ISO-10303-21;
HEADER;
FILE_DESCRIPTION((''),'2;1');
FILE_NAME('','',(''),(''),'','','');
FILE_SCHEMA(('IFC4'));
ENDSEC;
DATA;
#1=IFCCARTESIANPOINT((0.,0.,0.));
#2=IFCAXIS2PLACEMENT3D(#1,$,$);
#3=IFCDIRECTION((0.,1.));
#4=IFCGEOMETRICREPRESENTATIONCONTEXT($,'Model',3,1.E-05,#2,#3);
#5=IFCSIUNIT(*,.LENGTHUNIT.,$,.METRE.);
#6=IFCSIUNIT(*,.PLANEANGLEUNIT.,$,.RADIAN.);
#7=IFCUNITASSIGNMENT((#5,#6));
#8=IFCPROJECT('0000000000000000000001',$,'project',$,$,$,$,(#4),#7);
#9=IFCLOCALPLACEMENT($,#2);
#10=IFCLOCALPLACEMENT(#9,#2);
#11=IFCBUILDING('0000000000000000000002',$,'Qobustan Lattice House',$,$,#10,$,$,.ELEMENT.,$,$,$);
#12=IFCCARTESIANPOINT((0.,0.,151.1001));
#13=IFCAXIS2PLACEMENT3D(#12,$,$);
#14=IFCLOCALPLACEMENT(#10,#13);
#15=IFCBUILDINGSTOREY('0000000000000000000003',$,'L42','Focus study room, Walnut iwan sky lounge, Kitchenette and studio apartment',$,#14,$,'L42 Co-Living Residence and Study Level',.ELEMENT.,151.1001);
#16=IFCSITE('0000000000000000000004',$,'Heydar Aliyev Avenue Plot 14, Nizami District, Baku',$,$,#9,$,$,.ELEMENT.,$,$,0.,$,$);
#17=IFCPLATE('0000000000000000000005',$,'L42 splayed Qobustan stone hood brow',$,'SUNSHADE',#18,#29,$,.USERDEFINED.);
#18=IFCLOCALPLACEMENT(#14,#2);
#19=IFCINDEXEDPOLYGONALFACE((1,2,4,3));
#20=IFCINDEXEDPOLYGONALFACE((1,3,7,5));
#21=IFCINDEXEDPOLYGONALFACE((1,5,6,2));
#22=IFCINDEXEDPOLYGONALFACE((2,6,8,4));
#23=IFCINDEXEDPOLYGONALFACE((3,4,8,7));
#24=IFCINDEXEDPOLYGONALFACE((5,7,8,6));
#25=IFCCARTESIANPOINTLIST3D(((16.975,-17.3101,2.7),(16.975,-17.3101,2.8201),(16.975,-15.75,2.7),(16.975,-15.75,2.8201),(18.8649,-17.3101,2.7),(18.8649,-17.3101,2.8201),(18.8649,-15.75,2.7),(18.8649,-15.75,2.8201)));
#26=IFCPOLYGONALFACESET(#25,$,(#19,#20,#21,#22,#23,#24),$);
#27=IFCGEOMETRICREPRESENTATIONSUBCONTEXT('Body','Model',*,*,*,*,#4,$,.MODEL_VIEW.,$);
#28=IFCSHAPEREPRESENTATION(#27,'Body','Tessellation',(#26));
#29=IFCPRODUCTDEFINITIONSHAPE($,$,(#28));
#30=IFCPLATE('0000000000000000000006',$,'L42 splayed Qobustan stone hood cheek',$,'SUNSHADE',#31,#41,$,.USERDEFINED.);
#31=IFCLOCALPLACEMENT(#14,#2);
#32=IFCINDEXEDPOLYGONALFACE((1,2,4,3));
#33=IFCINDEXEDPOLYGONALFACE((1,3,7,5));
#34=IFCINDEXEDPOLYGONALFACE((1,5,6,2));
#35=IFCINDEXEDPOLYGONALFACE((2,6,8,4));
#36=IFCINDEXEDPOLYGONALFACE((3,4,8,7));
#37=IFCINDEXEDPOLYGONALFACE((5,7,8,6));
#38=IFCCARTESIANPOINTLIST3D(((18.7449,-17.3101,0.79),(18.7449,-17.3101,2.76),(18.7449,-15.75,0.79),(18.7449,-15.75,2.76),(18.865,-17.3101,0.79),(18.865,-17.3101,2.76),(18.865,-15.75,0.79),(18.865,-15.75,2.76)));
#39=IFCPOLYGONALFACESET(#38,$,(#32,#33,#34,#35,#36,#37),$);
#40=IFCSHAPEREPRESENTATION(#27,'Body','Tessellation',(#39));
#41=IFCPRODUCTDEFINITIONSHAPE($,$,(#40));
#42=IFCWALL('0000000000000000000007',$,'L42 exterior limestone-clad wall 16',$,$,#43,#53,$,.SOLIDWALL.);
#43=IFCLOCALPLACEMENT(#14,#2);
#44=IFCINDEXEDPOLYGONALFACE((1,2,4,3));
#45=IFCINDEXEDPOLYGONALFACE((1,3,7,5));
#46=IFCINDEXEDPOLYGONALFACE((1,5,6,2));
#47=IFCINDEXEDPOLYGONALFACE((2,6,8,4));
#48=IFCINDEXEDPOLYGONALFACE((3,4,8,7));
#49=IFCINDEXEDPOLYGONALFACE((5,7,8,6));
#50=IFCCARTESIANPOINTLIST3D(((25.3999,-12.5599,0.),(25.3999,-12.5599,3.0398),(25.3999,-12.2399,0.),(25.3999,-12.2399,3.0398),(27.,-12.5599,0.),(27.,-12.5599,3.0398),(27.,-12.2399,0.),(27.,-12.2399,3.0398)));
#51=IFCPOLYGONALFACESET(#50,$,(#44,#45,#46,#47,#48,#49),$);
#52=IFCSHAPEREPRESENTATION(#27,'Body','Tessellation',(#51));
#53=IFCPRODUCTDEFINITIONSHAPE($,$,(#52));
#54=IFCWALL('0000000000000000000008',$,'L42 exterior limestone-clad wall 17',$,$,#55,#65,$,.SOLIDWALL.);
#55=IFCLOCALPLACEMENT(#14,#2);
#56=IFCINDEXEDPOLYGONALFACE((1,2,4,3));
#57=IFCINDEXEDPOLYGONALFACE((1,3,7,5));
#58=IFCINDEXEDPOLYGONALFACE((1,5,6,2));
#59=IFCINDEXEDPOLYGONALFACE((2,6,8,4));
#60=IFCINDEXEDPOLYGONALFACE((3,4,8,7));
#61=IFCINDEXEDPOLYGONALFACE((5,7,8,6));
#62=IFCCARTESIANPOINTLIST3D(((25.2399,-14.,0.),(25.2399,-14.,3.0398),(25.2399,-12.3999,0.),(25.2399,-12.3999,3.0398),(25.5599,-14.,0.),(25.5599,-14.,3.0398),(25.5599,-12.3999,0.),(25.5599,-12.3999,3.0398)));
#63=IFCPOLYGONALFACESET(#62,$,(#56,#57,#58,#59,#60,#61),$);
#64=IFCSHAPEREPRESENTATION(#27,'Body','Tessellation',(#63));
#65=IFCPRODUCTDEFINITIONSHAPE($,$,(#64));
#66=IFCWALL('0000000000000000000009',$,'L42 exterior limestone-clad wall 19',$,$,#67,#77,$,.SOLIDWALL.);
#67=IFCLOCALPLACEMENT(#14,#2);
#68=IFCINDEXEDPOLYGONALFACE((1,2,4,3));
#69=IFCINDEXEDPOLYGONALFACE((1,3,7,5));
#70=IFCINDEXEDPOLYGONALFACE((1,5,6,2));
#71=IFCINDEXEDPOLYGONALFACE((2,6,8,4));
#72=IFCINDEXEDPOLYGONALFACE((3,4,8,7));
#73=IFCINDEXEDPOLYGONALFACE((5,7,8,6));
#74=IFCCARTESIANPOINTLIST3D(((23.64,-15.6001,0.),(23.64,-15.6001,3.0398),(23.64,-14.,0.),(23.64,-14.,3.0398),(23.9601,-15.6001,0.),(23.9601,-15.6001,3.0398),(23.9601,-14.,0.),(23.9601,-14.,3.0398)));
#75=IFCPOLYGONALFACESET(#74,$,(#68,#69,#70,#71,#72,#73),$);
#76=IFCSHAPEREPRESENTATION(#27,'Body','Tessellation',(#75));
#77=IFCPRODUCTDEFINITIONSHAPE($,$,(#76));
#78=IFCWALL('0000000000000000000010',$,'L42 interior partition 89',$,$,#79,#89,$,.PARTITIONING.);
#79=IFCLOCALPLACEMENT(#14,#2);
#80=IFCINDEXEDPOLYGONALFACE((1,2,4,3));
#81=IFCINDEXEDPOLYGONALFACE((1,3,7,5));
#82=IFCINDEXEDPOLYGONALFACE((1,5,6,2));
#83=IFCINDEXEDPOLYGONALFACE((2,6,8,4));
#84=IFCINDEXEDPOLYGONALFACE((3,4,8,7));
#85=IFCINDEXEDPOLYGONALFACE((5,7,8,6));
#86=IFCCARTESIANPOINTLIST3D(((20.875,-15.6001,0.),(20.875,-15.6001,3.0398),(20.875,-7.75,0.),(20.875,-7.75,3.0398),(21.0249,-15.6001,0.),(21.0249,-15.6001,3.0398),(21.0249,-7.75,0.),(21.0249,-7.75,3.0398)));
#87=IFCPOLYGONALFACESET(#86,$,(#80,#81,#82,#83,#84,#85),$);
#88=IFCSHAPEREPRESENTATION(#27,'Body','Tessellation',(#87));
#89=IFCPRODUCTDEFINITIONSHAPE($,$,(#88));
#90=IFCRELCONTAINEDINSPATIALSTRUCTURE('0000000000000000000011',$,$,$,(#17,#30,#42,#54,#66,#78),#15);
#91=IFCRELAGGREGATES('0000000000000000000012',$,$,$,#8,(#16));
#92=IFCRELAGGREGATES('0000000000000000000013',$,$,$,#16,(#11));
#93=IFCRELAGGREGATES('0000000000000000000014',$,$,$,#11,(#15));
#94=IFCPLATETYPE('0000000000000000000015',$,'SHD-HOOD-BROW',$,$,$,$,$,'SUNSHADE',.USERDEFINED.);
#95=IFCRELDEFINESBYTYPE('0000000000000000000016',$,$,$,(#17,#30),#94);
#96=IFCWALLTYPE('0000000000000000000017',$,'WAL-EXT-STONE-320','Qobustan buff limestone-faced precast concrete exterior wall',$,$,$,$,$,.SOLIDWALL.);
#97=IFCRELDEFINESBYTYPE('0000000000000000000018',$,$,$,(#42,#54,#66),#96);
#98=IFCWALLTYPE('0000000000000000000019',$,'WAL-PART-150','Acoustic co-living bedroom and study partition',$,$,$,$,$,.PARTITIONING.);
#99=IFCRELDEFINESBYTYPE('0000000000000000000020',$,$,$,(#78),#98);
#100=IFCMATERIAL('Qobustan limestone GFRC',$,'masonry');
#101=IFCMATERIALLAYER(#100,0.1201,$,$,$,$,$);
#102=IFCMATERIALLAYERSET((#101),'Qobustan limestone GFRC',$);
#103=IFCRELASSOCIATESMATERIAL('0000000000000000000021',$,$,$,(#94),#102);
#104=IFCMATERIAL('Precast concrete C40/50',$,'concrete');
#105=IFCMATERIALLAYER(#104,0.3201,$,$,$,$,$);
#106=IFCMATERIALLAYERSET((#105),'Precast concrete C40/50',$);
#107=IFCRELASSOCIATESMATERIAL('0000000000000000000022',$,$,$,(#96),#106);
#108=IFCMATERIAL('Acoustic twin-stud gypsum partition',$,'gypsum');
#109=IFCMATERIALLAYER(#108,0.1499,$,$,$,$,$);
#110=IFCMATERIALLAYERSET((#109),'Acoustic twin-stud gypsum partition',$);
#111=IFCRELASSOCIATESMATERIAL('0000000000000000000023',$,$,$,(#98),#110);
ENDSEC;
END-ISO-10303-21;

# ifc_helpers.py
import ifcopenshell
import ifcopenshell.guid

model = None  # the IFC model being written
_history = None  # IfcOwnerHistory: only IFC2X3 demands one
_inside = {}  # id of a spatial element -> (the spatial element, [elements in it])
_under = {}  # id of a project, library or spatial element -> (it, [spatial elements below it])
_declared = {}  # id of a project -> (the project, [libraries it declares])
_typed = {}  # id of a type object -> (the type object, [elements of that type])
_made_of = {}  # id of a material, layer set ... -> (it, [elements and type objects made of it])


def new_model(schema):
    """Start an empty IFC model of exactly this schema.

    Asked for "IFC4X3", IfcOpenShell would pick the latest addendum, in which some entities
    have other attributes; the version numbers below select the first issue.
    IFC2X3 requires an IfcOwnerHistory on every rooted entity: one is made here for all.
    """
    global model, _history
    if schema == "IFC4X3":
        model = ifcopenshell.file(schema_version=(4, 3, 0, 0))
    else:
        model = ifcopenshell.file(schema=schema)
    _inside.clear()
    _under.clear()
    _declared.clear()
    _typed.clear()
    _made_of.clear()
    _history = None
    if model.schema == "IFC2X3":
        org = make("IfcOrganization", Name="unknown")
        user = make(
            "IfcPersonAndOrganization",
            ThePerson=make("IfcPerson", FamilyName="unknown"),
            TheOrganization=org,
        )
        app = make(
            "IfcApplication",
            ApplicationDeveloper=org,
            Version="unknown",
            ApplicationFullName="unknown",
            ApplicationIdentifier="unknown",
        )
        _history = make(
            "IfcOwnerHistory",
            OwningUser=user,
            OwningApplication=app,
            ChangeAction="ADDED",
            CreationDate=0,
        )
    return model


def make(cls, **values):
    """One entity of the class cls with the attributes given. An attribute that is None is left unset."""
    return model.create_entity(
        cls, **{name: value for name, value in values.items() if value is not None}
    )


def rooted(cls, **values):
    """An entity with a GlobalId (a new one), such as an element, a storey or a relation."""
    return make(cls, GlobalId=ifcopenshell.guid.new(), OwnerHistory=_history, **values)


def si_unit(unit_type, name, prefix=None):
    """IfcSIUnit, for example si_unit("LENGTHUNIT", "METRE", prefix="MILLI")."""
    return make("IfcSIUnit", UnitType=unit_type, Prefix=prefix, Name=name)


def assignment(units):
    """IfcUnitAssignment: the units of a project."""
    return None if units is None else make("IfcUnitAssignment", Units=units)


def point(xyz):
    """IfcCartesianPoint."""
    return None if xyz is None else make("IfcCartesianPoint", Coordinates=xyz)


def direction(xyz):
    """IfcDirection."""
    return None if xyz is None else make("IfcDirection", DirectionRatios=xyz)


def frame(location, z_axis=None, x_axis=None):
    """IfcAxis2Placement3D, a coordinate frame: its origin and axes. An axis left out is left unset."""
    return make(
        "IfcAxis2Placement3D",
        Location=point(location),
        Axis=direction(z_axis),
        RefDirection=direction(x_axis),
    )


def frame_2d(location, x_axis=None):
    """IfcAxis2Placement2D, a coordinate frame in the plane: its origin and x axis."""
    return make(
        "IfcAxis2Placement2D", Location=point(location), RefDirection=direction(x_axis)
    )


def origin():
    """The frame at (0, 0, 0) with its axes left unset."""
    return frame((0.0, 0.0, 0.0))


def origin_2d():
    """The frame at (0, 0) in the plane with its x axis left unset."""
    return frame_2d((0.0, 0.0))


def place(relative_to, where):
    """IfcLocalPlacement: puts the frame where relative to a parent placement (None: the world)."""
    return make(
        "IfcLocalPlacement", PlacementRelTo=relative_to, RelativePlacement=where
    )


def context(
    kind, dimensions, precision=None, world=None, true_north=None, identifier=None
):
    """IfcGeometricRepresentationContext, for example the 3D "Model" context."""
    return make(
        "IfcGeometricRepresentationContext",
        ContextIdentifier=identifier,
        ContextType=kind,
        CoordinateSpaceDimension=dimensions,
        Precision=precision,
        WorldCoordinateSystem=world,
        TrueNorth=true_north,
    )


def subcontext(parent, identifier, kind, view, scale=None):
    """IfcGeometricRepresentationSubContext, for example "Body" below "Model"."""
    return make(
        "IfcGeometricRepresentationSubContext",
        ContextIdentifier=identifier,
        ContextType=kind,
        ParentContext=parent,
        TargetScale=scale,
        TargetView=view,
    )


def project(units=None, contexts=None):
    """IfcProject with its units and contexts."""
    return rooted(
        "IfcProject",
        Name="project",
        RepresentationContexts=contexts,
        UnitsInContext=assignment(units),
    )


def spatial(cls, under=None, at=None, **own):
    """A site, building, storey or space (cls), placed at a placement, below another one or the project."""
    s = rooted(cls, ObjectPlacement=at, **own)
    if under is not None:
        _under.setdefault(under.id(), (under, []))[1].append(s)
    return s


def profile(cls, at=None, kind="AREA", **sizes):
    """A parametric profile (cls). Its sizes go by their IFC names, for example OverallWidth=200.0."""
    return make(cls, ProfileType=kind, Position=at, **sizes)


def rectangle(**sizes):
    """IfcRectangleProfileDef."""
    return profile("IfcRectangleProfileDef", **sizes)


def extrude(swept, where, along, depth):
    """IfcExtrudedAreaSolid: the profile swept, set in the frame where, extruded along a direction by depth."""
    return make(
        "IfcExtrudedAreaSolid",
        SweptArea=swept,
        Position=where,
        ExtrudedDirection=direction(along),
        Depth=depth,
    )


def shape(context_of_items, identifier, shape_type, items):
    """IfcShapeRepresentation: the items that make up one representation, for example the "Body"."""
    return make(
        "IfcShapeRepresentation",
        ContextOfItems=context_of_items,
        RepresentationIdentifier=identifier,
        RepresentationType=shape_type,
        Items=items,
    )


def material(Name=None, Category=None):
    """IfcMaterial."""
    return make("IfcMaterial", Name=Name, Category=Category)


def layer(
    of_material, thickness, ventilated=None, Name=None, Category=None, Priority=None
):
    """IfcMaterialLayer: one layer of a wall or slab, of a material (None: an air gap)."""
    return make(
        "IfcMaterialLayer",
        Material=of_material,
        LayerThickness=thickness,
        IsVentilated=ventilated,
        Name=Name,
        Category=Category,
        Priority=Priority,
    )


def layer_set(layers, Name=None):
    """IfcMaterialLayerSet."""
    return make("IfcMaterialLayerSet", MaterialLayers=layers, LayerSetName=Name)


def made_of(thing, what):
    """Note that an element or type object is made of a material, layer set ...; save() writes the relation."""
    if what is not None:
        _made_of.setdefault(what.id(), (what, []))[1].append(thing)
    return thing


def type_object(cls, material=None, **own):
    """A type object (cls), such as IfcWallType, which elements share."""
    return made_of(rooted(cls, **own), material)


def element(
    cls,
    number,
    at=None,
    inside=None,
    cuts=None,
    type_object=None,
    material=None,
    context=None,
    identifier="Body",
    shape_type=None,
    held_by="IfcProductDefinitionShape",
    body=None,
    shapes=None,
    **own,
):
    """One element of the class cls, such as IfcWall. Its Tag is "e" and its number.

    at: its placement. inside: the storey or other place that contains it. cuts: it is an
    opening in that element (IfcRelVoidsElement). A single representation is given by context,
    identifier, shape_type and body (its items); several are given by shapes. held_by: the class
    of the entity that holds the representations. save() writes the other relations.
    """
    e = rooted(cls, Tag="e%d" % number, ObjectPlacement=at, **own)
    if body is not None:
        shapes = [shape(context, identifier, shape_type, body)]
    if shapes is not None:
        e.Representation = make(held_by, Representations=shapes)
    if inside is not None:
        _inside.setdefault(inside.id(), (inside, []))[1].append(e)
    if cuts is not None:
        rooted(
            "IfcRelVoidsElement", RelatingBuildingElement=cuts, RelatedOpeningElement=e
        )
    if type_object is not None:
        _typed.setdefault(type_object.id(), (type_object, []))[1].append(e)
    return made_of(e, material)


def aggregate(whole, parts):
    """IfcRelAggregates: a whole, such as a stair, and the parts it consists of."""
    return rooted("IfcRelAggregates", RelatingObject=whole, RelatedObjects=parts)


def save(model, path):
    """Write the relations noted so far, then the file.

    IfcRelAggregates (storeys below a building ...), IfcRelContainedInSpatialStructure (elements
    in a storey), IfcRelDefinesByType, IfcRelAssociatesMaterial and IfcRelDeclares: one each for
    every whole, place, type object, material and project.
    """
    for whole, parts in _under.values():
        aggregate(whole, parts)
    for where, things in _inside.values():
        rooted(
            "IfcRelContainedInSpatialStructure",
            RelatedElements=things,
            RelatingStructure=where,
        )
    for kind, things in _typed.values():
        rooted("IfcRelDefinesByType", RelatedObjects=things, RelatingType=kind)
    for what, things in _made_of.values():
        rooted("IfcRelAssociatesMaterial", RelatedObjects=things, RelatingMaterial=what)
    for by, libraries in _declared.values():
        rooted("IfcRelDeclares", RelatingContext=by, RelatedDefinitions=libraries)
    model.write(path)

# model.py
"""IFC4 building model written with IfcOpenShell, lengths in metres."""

from ifc_helpers import new_model, si_unit, direction, frame, frame_2d, origin, origin_2d, place, context, subcontext, project, spatial, rectangle, extrude, material, layer, layer_set, type_object, element, save


model = new_model("IFC4")

# Units and contexts
model_context = context("Model", 3, precision=1e-05, world=origin(), true_north=direction((0.0, 1.0)))
body_context = subcontext(model_context, "Body", "Model", "MODEL_VIEW")
ifc_project = project(units=[si_unit("LENGTHUNIT", "METRE"), si_unit("PLANEANGLEUNIT", "RADIAN")], contexts=[model_context])

# Site, building, storey
site_placement = place(None, origin())
site = spatial("IfcSite", under=ifc_project, at=site_placement, Name="Heydar Aliyev Avenue Plot 14, Nizami District, Baku", CompositionType="ELEMENT", RefElevation=0.0)
building_placement = place(site_placement, origin())
building = spatial("IfcBuilding", under=site, at=building_placement, Name="Qobustan Lattice House", CompositionType="ELEMENT")
storey_placement = place(building_placement, frame((0.0, 0.0, 151.1001)))
storey = spatial("IfcBuildingStorey", under=building, at=storey_placement, Name="L42", Description="Focus study room, Walnut iwan sky lounge, Kitchenette and studio apartment", LongName="L42 Co-Living Residence and Study Level", CompositionType="ELEMENT", Elevation=151.1001)

# Plates
ifc_material_1 = material(Name="Qobustan limestone GFRC", Category="masonry")
ifc_layer_1 = layer(ifc_material_1, 0.1201)
ifc_layer_set_1 = layer_set([ifc_layer_1], Name="Qobustan limestone GFRC")
plate_type_1 = type_object("IfcPlateType", Name="SHD-HOOD-BROW", ElementType="SUNSHADE", PredefinedType="USERDEFINED", material=ifc_layer_set_1)
plate_1_placement = place(storey_placement, frame((17.9199, -16.53, 2.7), z_axis=(0.0, 0.0, 1.0), x_axis=(-1.0, 0.0, 0.0)))
element("IfcPlate", 1, at=plate_1_placement, inside=storey, type_object=plate_type_1, Name="L42 splayed Qobustan stone hood brow", ObjectType="SUNSHADE", PredefinedType="USERDEFINED", context=body_context, shape_type="SweptSolid", body=[
    extrude(rectangle(XDim=1.8899, YDim=1.5601, at=origin_2d()), origin(), (0.0, 0.0, 1.0), 0.1201),
])
plate_2_placement = place(storey_placement, frame((18.8049, -16.53, 0.79), z_axis=(0.0, 0.0, 1.0), x_axis=(-1.0, 0.0, 0.0)))
element("IfcPlate", 2, at=plate_2_placement, inside=storey, type_object=plate_type_1, Name="L42 splayed Qobustan stone hood cheek", ObjectType="SUNSHADE", PredefinedType="USERDEFINED", context=body_context, shape_type="SweptSolid", body=[
    extrude(rectangle(XDim=0.1201, YDim=1.5601, at=origin_2d()), origin(), (0.0, 0.0, 1.0), 1.97),
])

# Walls
ifc_material_2 = material(Name="Precast concrete C40/50", Category="concrete")
ifc_layer_2 = layer(ifc_material_2, 0.3201)
ifc_layer_set_2 = layer_set([ifc_layer_2], Name="Precast concrete C40/50")
wall_type_1 = type_object("IfcWallType", Name="WAL-EXT-STONE-320", Description="Qobustan buff limestone-faced precast concrete exterior wall", PredefinedType="SOLIDWALL", material=ifc_layer_set_2)
for number, where, z_axis, x_axis, name in (
    (3, (27.0, -12.3999, 0.0), (0.0, 0.0, 1.0), (-1.0, 0.0, 0.0), "L42 exterior limestone-clad wall 16"),
    (4, (25.3999, -12.3999, 0.0), (0.0, 0.0, 1.0), (0.0, -1.0, 0.0), "L42 exterior limestone-clad wall 17"),
    (5, (23.8, -14.0, 0.0), (0.0, 0.0, 1.0), (0.0, -1.0, 0.0), "L42 exterior limestone-clad wall 19"),
):
    element("IfcWall", number, at=place(storey_placement, frame(where, z_axis=z_axis, x_axis=x_axis)), inside=storey, type_object=wall_type_1, Name=name, PredefinedType="SOLIDWALL", context=body_context, shape_type="SweptSolid", body=[
        extrude(rectangle(XDim=1.6001, YDim=0.3201, at=frame_2d((0.8, 0.0))), origin(), (0.0, 0.0, 1.0), 3.0398),
    ])

# Wall
ifc_material_3 = material(Name="Acoustic twin-stud gypsum partition", Category="gypsum")
ifc_layer_3 = layer(ifc_material_3, 0.1499)
ifc_layer_set_3 = layer_set([ifc_layer_3], Name="Acoustic twin-stud gypsum partition")
wall_type_2 = type_object("IfcWallType", Name="WAL-PART-150", Description="Acoustic co-living bedroom and study partition", PredefinedType="PARTITIONING", material=ifc_layer_set_3)
wall_1_placement = place(storey_placement, frame((20.95, -15.6001, 0.0), z_axis=(0.0, 0.0, 1.0), x_axis=(0.0, 1.0, 0.0)))
element("IfcWall", 6, at=wall_1_placement, inside=storey, type_object=wall_type_2, Name="L42 interior partition 89", PredefinedType="PARTITIONING", context=body_context, shape_type="SweptSolid", body=[
    extrude(rectangle(XDim=7.8501, YDim=0.1499, at=frame_2d((3.925, 0.0))), origin(), (0.0, 0.0, 1.0), 3.0398),
])

save(model, "model.ifc")
